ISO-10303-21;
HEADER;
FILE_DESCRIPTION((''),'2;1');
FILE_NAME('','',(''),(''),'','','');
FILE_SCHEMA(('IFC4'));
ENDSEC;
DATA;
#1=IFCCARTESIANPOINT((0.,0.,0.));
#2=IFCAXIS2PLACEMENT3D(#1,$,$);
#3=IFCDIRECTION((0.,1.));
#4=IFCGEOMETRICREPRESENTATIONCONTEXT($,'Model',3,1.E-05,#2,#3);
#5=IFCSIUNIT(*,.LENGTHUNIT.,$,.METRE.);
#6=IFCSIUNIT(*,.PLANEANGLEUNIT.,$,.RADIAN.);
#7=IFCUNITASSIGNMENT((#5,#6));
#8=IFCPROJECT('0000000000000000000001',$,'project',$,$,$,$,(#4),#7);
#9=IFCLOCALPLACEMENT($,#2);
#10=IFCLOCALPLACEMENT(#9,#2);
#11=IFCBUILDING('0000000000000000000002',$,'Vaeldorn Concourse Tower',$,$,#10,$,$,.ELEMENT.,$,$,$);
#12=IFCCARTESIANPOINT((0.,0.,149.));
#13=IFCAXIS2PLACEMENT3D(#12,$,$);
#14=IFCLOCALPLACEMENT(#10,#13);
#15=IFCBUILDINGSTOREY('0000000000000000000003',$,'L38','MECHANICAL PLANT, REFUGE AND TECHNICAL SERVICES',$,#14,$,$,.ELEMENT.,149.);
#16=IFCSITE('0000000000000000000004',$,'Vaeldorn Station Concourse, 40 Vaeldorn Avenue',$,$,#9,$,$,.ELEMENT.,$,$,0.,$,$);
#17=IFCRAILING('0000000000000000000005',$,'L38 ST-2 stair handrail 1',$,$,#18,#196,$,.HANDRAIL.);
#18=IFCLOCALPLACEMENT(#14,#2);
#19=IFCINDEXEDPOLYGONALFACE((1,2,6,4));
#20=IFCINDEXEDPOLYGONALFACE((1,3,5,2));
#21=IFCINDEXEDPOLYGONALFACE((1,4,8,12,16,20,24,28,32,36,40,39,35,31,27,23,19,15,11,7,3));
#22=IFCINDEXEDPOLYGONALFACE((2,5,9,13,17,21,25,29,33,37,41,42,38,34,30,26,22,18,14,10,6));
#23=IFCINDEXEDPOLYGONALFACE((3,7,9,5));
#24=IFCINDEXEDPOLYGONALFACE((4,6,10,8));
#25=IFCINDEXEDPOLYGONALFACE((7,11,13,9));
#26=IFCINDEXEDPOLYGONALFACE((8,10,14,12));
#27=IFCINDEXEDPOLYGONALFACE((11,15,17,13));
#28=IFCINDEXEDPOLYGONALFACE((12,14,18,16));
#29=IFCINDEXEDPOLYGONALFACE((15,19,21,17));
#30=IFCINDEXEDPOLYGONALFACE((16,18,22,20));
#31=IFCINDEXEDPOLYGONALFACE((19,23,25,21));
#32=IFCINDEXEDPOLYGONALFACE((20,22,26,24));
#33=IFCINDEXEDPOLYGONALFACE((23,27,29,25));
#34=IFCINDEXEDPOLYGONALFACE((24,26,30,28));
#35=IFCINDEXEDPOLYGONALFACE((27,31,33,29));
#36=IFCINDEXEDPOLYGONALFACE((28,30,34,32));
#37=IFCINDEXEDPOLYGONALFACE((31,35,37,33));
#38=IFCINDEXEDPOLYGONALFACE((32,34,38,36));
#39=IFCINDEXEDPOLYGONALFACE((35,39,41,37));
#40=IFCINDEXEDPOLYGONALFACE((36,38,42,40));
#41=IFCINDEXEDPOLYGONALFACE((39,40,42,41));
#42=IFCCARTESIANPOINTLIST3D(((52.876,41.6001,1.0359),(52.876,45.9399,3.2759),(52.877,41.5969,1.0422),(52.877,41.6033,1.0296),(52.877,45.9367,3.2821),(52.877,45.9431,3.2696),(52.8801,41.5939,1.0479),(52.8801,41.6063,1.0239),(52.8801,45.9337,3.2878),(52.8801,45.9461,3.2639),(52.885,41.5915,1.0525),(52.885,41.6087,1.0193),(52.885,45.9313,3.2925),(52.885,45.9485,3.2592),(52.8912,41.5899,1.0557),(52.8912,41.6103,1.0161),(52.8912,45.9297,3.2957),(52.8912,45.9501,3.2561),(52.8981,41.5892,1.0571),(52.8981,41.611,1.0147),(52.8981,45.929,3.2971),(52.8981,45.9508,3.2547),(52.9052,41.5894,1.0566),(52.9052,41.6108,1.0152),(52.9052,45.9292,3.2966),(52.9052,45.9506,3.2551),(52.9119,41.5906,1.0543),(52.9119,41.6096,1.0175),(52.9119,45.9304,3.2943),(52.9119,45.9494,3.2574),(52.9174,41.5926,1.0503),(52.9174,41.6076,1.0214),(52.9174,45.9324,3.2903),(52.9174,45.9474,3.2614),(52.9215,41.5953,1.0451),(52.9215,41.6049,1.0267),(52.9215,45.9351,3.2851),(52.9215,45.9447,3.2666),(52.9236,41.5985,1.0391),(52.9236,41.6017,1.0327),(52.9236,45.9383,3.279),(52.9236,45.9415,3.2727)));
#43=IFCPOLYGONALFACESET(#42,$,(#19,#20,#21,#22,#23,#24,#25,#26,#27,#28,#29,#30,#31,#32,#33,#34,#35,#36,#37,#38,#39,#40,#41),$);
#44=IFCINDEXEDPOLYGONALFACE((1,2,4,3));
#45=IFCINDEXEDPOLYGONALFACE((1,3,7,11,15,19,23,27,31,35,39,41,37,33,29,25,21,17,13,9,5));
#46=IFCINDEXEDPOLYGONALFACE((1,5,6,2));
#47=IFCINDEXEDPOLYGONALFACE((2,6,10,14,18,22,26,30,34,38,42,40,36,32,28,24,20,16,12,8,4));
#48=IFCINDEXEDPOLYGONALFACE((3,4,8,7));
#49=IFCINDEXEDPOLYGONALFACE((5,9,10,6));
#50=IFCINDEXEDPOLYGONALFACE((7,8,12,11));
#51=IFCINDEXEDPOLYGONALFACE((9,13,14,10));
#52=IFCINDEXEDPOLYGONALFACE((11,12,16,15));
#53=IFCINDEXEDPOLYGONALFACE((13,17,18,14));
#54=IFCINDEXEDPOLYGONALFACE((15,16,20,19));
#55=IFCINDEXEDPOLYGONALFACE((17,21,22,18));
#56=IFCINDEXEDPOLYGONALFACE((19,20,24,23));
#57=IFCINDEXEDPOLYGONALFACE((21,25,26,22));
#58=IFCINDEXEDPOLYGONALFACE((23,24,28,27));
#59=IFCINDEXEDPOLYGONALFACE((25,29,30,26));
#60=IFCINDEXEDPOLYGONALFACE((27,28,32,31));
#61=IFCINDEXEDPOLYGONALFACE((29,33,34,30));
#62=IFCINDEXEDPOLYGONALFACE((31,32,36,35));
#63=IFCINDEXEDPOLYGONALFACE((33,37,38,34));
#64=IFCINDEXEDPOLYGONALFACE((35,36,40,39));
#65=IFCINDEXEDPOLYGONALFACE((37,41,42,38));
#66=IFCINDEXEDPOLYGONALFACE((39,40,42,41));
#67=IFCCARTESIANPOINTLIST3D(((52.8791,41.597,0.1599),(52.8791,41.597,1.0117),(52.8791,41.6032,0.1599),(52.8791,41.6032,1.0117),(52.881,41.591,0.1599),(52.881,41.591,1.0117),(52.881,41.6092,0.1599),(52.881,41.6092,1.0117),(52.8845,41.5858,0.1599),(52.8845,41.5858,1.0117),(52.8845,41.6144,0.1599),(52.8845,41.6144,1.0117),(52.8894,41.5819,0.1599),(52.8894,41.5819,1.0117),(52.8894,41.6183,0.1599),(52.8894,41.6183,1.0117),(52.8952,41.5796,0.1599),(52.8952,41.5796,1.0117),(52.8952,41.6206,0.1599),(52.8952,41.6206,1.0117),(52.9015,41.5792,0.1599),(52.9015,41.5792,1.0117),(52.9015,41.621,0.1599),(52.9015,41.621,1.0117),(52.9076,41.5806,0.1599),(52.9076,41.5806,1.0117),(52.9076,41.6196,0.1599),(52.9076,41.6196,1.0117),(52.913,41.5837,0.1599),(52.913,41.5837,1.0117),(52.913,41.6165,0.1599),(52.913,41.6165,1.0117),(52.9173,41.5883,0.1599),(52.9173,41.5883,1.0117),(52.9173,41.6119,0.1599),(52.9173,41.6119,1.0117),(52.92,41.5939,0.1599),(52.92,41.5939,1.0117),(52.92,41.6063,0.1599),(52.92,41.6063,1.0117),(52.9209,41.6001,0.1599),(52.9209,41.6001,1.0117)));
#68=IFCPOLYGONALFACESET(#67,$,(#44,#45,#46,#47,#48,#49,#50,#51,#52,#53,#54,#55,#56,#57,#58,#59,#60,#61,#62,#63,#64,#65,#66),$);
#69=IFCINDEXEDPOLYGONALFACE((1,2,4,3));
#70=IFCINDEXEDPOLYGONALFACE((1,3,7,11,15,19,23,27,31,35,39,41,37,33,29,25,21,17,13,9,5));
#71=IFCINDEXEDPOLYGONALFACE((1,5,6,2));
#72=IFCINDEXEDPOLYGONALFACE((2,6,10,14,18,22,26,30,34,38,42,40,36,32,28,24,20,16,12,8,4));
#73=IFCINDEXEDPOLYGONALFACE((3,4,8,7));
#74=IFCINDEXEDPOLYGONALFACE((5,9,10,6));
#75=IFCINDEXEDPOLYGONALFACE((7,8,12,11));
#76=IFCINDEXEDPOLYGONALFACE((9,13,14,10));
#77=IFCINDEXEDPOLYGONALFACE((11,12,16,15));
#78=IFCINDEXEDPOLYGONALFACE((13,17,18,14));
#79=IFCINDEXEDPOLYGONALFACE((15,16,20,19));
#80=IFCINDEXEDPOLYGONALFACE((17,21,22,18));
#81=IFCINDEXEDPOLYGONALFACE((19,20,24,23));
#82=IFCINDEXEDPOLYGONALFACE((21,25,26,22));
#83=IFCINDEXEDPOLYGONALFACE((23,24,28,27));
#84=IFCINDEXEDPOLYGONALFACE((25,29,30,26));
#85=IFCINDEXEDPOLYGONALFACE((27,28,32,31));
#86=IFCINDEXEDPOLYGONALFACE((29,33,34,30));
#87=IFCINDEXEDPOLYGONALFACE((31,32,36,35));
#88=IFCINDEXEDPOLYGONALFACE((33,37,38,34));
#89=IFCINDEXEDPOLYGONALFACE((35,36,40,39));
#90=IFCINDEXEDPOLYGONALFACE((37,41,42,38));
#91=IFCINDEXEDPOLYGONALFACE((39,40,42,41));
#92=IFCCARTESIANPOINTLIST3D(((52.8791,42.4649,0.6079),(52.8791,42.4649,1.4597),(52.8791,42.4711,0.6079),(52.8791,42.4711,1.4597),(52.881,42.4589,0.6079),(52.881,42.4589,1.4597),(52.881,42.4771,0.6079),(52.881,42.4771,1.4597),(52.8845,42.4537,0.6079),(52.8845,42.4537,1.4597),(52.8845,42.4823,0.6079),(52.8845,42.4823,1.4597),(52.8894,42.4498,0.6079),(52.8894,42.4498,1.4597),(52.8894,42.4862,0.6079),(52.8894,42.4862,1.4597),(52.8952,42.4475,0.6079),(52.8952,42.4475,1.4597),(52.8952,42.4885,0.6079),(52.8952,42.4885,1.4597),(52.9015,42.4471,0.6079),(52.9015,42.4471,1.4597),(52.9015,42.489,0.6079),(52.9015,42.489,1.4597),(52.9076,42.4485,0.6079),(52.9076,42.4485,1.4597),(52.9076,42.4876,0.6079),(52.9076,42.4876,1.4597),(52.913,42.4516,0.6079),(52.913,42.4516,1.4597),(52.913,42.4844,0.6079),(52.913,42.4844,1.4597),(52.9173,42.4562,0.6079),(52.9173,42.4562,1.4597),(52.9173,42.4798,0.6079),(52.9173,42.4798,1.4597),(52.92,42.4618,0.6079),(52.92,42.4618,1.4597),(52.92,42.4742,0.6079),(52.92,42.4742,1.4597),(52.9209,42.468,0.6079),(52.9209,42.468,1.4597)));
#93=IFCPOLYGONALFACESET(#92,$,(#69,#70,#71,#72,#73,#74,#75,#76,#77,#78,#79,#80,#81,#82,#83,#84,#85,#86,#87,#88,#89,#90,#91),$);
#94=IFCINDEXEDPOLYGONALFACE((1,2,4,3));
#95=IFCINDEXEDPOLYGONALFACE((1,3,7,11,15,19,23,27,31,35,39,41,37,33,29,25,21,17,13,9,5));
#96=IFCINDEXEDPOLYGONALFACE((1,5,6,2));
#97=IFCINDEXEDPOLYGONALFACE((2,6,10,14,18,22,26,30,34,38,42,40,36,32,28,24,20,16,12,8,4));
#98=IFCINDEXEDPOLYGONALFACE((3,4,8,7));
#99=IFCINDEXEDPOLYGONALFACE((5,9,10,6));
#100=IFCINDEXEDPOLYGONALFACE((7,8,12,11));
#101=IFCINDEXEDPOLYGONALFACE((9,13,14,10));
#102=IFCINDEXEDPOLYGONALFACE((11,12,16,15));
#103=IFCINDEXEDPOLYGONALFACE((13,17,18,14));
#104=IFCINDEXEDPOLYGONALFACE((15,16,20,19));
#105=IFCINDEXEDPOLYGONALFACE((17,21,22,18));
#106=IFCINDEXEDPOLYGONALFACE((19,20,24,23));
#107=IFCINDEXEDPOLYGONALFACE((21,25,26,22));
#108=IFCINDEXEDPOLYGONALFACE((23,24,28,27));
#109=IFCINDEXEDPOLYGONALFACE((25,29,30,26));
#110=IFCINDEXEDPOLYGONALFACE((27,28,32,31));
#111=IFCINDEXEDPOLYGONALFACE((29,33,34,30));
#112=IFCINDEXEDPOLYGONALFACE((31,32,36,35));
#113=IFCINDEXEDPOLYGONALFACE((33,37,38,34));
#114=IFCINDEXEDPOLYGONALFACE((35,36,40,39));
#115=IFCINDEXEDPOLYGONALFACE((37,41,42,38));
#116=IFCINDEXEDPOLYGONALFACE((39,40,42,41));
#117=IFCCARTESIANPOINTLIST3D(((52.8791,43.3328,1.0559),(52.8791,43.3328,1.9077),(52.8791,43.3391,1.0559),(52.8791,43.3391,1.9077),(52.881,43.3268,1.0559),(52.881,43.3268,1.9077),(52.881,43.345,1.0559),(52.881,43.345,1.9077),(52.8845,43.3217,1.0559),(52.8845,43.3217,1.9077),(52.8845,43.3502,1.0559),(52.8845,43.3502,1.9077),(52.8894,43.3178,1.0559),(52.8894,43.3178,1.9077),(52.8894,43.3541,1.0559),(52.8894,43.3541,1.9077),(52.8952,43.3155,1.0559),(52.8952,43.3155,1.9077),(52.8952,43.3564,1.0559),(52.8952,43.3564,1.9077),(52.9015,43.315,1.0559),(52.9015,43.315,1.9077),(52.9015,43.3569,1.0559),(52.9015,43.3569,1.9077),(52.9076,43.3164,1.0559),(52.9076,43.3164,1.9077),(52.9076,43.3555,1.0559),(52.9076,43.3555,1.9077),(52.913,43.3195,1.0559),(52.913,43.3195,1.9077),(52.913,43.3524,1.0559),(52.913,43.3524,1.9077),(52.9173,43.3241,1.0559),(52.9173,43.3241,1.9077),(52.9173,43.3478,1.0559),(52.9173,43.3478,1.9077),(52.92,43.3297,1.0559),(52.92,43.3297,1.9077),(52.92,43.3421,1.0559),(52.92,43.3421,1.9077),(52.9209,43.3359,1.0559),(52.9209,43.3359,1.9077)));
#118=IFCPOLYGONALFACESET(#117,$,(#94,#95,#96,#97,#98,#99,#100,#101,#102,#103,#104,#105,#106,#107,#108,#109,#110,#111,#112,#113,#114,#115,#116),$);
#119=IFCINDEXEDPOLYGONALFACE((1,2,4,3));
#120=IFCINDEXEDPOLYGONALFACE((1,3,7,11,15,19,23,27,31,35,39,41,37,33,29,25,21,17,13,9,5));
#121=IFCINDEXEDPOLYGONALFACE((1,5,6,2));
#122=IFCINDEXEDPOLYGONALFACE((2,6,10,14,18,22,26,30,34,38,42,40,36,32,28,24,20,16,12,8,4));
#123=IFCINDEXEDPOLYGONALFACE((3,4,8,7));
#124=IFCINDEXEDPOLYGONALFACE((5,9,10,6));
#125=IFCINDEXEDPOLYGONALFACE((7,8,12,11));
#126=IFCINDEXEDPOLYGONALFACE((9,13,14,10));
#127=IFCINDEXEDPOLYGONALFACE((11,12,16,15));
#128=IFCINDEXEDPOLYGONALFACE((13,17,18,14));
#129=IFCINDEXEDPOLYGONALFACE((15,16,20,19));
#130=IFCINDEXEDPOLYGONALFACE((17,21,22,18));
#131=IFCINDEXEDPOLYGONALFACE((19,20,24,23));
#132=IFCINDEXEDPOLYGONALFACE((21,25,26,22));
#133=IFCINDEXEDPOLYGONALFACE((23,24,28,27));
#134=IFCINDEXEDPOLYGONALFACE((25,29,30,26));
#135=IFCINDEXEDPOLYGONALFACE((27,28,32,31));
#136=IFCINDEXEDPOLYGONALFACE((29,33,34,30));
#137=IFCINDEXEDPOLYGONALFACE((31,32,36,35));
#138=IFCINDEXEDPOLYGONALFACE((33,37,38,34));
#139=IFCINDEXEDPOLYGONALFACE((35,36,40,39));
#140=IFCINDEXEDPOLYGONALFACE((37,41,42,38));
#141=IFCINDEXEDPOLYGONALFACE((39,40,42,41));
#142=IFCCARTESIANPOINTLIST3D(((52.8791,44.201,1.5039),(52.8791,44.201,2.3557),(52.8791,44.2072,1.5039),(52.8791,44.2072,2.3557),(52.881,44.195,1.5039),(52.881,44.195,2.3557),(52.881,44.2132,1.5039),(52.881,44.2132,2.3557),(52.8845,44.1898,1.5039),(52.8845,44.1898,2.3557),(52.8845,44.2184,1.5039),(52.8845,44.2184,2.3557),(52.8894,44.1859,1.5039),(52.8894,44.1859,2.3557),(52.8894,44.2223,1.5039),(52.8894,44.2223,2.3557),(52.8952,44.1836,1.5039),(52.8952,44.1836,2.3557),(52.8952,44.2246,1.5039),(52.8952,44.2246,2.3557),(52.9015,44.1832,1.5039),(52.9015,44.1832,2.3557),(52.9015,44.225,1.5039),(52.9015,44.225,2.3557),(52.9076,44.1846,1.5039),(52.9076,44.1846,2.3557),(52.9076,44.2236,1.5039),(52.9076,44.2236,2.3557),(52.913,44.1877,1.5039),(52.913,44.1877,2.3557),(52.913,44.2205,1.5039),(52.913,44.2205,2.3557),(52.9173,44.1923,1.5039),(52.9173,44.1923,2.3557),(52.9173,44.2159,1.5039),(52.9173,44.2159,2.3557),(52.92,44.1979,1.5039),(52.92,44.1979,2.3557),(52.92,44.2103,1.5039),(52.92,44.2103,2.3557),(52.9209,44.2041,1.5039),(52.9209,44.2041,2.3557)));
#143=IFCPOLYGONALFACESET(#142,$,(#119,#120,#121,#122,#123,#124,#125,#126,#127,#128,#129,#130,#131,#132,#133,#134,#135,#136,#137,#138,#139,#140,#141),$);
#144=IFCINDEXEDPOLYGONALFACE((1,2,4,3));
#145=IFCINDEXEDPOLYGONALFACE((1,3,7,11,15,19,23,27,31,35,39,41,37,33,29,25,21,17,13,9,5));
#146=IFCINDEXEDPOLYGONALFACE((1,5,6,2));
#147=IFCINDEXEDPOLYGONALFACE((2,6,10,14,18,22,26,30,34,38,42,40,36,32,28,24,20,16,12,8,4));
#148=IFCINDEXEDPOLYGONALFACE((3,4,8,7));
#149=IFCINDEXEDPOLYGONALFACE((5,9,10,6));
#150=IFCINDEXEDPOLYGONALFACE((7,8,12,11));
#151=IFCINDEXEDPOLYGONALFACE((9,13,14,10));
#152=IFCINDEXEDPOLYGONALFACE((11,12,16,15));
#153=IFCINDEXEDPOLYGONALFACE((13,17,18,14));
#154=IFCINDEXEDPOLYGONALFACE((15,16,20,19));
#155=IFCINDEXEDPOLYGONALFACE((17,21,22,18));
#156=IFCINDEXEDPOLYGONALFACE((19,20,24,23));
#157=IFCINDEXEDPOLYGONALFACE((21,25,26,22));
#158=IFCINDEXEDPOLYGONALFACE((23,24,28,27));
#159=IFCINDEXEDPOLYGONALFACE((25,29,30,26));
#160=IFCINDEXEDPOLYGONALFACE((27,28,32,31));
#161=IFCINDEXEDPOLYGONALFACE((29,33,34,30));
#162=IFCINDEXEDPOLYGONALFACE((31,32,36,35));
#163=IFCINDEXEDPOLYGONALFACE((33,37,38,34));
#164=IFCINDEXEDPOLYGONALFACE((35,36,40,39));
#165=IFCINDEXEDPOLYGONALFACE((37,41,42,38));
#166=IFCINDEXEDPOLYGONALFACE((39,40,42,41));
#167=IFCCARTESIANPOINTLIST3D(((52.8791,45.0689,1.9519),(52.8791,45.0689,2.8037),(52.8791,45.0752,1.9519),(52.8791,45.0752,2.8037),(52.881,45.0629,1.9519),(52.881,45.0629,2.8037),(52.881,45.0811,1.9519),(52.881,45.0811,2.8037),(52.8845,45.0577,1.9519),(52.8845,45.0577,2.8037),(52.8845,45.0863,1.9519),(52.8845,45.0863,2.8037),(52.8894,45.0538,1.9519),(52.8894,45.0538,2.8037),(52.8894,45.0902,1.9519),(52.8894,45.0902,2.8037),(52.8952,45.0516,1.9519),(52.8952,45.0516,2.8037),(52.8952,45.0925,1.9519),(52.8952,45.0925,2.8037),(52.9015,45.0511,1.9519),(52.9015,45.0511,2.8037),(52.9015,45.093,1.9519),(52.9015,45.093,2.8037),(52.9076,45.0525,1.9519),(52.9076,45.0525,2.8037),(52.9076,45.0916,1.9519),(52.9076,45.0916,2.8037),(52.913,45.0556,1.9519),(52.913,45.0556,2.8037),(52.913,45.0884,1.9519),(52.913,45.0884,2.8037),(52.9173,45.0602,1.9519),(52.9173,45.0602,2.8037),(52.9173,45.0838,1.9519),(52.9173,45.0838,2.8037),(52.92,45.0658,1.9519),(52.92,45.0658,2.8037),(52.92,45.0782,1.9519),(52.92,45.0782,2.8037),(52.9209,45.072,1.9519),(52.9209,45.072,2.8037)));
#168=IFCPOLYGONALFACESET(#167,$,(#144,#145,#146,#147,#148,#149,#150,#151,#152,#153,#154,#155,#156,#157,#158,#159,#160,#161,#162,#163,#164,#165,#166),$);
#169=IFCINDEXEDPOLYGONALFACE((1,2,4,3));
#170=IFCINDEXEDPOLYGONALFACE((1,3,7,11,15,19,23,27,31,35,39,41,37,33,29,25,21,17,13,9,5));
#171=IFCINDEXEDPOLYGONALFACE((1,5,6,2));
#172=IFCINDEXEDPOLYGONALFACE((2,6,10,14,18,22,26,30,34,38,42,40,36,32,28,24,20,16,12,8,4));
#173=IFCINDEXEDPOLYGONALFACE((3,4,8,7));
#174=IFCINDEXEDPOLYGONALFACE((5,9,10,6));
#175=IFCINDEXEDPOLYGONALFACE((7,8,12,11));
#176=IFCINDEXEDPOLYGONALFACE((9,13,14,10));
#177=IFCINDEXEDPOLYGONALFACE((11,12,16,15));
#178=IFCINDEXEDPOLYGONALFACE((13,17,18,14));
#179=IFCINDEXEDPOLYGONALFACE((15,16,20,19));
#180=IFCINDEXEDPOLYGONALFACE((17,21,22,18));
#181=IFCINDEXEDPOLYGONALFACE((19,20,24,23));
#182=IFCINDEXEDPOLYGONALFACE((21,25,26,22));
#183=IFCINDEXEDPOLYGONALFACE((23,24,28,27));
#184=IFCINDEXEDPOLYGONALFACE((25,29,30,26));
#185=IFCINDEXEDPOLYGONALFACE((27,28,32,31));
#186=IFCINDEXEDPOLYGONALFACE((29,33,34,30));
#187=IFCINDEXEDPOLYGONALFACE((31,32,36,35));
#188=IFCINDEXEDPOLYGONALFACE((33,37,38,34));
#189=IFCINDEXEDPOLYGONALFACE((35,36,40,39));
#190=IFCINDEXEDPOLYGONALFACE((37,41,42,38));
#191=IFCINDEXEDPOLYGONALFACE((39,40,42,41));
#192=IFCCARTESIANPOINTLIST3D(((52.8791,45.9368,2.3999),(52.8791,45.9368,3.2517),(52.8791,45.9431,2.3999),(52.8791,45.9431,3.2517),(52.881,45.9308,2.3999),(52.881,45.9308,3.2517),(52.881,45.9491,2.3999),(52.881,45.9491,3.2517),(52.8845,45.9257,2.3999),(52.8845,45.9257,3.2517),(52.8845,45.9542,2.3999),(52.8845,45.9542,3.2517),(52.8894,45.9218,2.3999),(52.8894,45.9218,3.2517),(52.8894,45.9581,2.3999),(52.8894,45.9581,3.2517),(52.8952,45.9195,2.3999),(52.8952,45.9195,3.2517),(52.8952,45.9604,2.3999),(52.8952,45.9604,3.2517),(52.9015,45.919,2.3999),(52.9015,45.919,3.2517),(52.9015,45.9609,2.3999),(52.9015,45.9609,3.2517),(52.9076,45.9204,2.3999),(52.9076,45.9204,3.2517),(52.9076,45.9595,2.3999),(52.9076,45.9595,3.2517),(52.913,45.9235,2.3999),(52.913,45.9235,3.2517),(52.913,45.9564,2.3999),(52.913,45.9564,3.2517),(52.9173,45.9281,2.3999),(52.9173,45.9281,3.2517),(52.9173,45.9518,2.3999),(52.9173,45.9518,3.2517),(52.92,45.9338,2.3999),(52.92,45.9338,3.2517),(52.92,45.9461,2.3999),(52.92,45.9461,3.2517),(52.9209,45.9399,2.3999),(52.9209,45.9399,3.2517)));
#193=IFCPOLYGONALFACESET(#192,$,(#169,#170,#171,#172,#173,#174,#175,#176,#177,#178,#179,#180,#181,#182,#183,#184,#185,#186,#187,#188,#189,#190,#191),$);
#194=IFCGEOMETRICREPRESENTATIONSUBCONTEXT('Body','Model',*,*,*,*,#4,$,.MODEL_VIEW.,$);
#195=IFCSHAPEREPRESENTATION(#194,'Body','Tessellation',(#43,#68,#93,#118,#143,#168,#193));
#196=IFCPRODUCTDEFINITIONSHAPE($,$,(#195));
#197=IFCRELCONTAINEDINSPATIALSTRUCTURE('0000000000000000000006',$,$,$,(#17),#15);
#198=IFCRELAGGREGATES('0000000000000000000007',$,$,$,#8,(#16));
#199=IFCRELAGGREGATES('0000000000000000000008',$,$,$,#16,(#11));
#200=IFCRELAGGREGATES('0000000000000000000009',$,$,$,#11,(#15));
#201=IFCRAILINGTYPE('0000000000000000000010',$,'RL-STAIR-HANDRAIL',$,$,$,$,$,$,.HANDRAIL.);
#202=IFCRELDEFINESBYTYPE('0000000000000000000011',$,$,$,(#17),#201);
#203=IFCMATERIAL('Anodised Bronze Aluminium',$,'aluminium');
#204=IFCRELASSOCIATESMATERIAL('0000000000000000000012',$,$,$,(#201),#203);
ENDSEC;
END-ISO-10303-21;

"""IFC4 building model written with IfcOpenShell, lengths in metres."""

from ifc_helpers import new_model, si_unit, direction, frame, origin, origin_2d, place, context, subcontext, project, spatial, circle, extrude, material, type_object, element, save


model = new_model("IFC4")

# Units and contexts
model_context = context("Model", 3, precision=1e-05, world=origin(), true_north=direction((0.0, 1.0)))
body_context = subcontext(model_context, "Body", "Model", "MODEL_VIEW")
ifc_project = project(units=[si_unit("LENGTHUNIT", "METRE"), si_unit("PLANEANGLEUNIT", "RADIAN")], contexts=[model_context])

# Site, building, storey
site_placement = place(None, origin())
site = spatial("IfcSite", under=ifc_project, at=site_placement, Name="Vaeldorn Station Concourse, 40 Vaeldorn Avenue", CompositionType="ELEMENT", RefElevation=0.0)
building_placement = place(site_placement, origin())
building = spatial("IfcBuilding", under=site, at=building_placement, Name="Vaeldorn Concourse Tower", CompositionType="ELEMENT")
storey_placement = place(building_placement, frame((0.0, 0.0, 149.0)))
storey = spatial("IfcBuildingStorey", under=building, at=storey_placement, Name="L38", Description="MECHANICAL PLANT, REFUGE AND TECHNICAL SERVICES", CompositionType="ELEMENT", Elevation=149.0)

# Railing
ifc_material_1 = material(Name="Anodised Bronze Aluminium", Category="aluminium")
railing_type_1 = type_object("IfcRailingType", Name="RL-STAIR-HANDRAIL", PredefinedType="HANDRAIL", material=ifc_material_1)
railing_1_placement = place(storey_placement, frame((52.8999, 41.6001, 0.1599)))
element("IfcRailing", 1, at=railing_1_placement, inside=storey, type_object=railing_type_1, Name="L38 ST-2 stair handrail 1", PredefinedType="HANDRAIL", context=body_context, shape_type="SweptSolid", body=[
    extrude(circle(Radius=0.0239, at=origin_2d()), frame((0.0, 0.0, 0.876), z_axis=(0.0, 0.888615, 0.458654), x_axis=(-1.0, 0.0, 0.0)), (0.0, 0.0, 1.0), 4.8838),
    extrude(circle(Radius=0.021, at=origin_2d()), origin(), (0.0, 0.0, 1.0), 0.8518),
    extrude(circle(Radius=0.021, at=origin_2d()), frame((0.0, 0.8679, 0.448)), (0.0, 0.0, 1.0), 0.8518),
    extrude(circle(Radius=0.021, at=origin_2d()), frame((0.0, 1.7358, 0.896)), (0.0, 0.0, 1.0), 0.8518),
    extrude(circle(Radius=0.021, at=origin_2d()), frame((0.0, 2.604, 1.344)), (0.0, 0.0, 1.0), 0.8518),
    extrude(circle(Radius=0.021, at=origin_2d()), frame((0.0, 3.4719, 1.792)), (0.0, 0.0, 1.0), 0.8518),
    extrude(circle(Radius=0.021, at=origin_2d()), frame((0.0, 4.3398, 2.24)), (0.0, 0.0, 1.0), 0.8518),
])

save(model, "model.ifc")
